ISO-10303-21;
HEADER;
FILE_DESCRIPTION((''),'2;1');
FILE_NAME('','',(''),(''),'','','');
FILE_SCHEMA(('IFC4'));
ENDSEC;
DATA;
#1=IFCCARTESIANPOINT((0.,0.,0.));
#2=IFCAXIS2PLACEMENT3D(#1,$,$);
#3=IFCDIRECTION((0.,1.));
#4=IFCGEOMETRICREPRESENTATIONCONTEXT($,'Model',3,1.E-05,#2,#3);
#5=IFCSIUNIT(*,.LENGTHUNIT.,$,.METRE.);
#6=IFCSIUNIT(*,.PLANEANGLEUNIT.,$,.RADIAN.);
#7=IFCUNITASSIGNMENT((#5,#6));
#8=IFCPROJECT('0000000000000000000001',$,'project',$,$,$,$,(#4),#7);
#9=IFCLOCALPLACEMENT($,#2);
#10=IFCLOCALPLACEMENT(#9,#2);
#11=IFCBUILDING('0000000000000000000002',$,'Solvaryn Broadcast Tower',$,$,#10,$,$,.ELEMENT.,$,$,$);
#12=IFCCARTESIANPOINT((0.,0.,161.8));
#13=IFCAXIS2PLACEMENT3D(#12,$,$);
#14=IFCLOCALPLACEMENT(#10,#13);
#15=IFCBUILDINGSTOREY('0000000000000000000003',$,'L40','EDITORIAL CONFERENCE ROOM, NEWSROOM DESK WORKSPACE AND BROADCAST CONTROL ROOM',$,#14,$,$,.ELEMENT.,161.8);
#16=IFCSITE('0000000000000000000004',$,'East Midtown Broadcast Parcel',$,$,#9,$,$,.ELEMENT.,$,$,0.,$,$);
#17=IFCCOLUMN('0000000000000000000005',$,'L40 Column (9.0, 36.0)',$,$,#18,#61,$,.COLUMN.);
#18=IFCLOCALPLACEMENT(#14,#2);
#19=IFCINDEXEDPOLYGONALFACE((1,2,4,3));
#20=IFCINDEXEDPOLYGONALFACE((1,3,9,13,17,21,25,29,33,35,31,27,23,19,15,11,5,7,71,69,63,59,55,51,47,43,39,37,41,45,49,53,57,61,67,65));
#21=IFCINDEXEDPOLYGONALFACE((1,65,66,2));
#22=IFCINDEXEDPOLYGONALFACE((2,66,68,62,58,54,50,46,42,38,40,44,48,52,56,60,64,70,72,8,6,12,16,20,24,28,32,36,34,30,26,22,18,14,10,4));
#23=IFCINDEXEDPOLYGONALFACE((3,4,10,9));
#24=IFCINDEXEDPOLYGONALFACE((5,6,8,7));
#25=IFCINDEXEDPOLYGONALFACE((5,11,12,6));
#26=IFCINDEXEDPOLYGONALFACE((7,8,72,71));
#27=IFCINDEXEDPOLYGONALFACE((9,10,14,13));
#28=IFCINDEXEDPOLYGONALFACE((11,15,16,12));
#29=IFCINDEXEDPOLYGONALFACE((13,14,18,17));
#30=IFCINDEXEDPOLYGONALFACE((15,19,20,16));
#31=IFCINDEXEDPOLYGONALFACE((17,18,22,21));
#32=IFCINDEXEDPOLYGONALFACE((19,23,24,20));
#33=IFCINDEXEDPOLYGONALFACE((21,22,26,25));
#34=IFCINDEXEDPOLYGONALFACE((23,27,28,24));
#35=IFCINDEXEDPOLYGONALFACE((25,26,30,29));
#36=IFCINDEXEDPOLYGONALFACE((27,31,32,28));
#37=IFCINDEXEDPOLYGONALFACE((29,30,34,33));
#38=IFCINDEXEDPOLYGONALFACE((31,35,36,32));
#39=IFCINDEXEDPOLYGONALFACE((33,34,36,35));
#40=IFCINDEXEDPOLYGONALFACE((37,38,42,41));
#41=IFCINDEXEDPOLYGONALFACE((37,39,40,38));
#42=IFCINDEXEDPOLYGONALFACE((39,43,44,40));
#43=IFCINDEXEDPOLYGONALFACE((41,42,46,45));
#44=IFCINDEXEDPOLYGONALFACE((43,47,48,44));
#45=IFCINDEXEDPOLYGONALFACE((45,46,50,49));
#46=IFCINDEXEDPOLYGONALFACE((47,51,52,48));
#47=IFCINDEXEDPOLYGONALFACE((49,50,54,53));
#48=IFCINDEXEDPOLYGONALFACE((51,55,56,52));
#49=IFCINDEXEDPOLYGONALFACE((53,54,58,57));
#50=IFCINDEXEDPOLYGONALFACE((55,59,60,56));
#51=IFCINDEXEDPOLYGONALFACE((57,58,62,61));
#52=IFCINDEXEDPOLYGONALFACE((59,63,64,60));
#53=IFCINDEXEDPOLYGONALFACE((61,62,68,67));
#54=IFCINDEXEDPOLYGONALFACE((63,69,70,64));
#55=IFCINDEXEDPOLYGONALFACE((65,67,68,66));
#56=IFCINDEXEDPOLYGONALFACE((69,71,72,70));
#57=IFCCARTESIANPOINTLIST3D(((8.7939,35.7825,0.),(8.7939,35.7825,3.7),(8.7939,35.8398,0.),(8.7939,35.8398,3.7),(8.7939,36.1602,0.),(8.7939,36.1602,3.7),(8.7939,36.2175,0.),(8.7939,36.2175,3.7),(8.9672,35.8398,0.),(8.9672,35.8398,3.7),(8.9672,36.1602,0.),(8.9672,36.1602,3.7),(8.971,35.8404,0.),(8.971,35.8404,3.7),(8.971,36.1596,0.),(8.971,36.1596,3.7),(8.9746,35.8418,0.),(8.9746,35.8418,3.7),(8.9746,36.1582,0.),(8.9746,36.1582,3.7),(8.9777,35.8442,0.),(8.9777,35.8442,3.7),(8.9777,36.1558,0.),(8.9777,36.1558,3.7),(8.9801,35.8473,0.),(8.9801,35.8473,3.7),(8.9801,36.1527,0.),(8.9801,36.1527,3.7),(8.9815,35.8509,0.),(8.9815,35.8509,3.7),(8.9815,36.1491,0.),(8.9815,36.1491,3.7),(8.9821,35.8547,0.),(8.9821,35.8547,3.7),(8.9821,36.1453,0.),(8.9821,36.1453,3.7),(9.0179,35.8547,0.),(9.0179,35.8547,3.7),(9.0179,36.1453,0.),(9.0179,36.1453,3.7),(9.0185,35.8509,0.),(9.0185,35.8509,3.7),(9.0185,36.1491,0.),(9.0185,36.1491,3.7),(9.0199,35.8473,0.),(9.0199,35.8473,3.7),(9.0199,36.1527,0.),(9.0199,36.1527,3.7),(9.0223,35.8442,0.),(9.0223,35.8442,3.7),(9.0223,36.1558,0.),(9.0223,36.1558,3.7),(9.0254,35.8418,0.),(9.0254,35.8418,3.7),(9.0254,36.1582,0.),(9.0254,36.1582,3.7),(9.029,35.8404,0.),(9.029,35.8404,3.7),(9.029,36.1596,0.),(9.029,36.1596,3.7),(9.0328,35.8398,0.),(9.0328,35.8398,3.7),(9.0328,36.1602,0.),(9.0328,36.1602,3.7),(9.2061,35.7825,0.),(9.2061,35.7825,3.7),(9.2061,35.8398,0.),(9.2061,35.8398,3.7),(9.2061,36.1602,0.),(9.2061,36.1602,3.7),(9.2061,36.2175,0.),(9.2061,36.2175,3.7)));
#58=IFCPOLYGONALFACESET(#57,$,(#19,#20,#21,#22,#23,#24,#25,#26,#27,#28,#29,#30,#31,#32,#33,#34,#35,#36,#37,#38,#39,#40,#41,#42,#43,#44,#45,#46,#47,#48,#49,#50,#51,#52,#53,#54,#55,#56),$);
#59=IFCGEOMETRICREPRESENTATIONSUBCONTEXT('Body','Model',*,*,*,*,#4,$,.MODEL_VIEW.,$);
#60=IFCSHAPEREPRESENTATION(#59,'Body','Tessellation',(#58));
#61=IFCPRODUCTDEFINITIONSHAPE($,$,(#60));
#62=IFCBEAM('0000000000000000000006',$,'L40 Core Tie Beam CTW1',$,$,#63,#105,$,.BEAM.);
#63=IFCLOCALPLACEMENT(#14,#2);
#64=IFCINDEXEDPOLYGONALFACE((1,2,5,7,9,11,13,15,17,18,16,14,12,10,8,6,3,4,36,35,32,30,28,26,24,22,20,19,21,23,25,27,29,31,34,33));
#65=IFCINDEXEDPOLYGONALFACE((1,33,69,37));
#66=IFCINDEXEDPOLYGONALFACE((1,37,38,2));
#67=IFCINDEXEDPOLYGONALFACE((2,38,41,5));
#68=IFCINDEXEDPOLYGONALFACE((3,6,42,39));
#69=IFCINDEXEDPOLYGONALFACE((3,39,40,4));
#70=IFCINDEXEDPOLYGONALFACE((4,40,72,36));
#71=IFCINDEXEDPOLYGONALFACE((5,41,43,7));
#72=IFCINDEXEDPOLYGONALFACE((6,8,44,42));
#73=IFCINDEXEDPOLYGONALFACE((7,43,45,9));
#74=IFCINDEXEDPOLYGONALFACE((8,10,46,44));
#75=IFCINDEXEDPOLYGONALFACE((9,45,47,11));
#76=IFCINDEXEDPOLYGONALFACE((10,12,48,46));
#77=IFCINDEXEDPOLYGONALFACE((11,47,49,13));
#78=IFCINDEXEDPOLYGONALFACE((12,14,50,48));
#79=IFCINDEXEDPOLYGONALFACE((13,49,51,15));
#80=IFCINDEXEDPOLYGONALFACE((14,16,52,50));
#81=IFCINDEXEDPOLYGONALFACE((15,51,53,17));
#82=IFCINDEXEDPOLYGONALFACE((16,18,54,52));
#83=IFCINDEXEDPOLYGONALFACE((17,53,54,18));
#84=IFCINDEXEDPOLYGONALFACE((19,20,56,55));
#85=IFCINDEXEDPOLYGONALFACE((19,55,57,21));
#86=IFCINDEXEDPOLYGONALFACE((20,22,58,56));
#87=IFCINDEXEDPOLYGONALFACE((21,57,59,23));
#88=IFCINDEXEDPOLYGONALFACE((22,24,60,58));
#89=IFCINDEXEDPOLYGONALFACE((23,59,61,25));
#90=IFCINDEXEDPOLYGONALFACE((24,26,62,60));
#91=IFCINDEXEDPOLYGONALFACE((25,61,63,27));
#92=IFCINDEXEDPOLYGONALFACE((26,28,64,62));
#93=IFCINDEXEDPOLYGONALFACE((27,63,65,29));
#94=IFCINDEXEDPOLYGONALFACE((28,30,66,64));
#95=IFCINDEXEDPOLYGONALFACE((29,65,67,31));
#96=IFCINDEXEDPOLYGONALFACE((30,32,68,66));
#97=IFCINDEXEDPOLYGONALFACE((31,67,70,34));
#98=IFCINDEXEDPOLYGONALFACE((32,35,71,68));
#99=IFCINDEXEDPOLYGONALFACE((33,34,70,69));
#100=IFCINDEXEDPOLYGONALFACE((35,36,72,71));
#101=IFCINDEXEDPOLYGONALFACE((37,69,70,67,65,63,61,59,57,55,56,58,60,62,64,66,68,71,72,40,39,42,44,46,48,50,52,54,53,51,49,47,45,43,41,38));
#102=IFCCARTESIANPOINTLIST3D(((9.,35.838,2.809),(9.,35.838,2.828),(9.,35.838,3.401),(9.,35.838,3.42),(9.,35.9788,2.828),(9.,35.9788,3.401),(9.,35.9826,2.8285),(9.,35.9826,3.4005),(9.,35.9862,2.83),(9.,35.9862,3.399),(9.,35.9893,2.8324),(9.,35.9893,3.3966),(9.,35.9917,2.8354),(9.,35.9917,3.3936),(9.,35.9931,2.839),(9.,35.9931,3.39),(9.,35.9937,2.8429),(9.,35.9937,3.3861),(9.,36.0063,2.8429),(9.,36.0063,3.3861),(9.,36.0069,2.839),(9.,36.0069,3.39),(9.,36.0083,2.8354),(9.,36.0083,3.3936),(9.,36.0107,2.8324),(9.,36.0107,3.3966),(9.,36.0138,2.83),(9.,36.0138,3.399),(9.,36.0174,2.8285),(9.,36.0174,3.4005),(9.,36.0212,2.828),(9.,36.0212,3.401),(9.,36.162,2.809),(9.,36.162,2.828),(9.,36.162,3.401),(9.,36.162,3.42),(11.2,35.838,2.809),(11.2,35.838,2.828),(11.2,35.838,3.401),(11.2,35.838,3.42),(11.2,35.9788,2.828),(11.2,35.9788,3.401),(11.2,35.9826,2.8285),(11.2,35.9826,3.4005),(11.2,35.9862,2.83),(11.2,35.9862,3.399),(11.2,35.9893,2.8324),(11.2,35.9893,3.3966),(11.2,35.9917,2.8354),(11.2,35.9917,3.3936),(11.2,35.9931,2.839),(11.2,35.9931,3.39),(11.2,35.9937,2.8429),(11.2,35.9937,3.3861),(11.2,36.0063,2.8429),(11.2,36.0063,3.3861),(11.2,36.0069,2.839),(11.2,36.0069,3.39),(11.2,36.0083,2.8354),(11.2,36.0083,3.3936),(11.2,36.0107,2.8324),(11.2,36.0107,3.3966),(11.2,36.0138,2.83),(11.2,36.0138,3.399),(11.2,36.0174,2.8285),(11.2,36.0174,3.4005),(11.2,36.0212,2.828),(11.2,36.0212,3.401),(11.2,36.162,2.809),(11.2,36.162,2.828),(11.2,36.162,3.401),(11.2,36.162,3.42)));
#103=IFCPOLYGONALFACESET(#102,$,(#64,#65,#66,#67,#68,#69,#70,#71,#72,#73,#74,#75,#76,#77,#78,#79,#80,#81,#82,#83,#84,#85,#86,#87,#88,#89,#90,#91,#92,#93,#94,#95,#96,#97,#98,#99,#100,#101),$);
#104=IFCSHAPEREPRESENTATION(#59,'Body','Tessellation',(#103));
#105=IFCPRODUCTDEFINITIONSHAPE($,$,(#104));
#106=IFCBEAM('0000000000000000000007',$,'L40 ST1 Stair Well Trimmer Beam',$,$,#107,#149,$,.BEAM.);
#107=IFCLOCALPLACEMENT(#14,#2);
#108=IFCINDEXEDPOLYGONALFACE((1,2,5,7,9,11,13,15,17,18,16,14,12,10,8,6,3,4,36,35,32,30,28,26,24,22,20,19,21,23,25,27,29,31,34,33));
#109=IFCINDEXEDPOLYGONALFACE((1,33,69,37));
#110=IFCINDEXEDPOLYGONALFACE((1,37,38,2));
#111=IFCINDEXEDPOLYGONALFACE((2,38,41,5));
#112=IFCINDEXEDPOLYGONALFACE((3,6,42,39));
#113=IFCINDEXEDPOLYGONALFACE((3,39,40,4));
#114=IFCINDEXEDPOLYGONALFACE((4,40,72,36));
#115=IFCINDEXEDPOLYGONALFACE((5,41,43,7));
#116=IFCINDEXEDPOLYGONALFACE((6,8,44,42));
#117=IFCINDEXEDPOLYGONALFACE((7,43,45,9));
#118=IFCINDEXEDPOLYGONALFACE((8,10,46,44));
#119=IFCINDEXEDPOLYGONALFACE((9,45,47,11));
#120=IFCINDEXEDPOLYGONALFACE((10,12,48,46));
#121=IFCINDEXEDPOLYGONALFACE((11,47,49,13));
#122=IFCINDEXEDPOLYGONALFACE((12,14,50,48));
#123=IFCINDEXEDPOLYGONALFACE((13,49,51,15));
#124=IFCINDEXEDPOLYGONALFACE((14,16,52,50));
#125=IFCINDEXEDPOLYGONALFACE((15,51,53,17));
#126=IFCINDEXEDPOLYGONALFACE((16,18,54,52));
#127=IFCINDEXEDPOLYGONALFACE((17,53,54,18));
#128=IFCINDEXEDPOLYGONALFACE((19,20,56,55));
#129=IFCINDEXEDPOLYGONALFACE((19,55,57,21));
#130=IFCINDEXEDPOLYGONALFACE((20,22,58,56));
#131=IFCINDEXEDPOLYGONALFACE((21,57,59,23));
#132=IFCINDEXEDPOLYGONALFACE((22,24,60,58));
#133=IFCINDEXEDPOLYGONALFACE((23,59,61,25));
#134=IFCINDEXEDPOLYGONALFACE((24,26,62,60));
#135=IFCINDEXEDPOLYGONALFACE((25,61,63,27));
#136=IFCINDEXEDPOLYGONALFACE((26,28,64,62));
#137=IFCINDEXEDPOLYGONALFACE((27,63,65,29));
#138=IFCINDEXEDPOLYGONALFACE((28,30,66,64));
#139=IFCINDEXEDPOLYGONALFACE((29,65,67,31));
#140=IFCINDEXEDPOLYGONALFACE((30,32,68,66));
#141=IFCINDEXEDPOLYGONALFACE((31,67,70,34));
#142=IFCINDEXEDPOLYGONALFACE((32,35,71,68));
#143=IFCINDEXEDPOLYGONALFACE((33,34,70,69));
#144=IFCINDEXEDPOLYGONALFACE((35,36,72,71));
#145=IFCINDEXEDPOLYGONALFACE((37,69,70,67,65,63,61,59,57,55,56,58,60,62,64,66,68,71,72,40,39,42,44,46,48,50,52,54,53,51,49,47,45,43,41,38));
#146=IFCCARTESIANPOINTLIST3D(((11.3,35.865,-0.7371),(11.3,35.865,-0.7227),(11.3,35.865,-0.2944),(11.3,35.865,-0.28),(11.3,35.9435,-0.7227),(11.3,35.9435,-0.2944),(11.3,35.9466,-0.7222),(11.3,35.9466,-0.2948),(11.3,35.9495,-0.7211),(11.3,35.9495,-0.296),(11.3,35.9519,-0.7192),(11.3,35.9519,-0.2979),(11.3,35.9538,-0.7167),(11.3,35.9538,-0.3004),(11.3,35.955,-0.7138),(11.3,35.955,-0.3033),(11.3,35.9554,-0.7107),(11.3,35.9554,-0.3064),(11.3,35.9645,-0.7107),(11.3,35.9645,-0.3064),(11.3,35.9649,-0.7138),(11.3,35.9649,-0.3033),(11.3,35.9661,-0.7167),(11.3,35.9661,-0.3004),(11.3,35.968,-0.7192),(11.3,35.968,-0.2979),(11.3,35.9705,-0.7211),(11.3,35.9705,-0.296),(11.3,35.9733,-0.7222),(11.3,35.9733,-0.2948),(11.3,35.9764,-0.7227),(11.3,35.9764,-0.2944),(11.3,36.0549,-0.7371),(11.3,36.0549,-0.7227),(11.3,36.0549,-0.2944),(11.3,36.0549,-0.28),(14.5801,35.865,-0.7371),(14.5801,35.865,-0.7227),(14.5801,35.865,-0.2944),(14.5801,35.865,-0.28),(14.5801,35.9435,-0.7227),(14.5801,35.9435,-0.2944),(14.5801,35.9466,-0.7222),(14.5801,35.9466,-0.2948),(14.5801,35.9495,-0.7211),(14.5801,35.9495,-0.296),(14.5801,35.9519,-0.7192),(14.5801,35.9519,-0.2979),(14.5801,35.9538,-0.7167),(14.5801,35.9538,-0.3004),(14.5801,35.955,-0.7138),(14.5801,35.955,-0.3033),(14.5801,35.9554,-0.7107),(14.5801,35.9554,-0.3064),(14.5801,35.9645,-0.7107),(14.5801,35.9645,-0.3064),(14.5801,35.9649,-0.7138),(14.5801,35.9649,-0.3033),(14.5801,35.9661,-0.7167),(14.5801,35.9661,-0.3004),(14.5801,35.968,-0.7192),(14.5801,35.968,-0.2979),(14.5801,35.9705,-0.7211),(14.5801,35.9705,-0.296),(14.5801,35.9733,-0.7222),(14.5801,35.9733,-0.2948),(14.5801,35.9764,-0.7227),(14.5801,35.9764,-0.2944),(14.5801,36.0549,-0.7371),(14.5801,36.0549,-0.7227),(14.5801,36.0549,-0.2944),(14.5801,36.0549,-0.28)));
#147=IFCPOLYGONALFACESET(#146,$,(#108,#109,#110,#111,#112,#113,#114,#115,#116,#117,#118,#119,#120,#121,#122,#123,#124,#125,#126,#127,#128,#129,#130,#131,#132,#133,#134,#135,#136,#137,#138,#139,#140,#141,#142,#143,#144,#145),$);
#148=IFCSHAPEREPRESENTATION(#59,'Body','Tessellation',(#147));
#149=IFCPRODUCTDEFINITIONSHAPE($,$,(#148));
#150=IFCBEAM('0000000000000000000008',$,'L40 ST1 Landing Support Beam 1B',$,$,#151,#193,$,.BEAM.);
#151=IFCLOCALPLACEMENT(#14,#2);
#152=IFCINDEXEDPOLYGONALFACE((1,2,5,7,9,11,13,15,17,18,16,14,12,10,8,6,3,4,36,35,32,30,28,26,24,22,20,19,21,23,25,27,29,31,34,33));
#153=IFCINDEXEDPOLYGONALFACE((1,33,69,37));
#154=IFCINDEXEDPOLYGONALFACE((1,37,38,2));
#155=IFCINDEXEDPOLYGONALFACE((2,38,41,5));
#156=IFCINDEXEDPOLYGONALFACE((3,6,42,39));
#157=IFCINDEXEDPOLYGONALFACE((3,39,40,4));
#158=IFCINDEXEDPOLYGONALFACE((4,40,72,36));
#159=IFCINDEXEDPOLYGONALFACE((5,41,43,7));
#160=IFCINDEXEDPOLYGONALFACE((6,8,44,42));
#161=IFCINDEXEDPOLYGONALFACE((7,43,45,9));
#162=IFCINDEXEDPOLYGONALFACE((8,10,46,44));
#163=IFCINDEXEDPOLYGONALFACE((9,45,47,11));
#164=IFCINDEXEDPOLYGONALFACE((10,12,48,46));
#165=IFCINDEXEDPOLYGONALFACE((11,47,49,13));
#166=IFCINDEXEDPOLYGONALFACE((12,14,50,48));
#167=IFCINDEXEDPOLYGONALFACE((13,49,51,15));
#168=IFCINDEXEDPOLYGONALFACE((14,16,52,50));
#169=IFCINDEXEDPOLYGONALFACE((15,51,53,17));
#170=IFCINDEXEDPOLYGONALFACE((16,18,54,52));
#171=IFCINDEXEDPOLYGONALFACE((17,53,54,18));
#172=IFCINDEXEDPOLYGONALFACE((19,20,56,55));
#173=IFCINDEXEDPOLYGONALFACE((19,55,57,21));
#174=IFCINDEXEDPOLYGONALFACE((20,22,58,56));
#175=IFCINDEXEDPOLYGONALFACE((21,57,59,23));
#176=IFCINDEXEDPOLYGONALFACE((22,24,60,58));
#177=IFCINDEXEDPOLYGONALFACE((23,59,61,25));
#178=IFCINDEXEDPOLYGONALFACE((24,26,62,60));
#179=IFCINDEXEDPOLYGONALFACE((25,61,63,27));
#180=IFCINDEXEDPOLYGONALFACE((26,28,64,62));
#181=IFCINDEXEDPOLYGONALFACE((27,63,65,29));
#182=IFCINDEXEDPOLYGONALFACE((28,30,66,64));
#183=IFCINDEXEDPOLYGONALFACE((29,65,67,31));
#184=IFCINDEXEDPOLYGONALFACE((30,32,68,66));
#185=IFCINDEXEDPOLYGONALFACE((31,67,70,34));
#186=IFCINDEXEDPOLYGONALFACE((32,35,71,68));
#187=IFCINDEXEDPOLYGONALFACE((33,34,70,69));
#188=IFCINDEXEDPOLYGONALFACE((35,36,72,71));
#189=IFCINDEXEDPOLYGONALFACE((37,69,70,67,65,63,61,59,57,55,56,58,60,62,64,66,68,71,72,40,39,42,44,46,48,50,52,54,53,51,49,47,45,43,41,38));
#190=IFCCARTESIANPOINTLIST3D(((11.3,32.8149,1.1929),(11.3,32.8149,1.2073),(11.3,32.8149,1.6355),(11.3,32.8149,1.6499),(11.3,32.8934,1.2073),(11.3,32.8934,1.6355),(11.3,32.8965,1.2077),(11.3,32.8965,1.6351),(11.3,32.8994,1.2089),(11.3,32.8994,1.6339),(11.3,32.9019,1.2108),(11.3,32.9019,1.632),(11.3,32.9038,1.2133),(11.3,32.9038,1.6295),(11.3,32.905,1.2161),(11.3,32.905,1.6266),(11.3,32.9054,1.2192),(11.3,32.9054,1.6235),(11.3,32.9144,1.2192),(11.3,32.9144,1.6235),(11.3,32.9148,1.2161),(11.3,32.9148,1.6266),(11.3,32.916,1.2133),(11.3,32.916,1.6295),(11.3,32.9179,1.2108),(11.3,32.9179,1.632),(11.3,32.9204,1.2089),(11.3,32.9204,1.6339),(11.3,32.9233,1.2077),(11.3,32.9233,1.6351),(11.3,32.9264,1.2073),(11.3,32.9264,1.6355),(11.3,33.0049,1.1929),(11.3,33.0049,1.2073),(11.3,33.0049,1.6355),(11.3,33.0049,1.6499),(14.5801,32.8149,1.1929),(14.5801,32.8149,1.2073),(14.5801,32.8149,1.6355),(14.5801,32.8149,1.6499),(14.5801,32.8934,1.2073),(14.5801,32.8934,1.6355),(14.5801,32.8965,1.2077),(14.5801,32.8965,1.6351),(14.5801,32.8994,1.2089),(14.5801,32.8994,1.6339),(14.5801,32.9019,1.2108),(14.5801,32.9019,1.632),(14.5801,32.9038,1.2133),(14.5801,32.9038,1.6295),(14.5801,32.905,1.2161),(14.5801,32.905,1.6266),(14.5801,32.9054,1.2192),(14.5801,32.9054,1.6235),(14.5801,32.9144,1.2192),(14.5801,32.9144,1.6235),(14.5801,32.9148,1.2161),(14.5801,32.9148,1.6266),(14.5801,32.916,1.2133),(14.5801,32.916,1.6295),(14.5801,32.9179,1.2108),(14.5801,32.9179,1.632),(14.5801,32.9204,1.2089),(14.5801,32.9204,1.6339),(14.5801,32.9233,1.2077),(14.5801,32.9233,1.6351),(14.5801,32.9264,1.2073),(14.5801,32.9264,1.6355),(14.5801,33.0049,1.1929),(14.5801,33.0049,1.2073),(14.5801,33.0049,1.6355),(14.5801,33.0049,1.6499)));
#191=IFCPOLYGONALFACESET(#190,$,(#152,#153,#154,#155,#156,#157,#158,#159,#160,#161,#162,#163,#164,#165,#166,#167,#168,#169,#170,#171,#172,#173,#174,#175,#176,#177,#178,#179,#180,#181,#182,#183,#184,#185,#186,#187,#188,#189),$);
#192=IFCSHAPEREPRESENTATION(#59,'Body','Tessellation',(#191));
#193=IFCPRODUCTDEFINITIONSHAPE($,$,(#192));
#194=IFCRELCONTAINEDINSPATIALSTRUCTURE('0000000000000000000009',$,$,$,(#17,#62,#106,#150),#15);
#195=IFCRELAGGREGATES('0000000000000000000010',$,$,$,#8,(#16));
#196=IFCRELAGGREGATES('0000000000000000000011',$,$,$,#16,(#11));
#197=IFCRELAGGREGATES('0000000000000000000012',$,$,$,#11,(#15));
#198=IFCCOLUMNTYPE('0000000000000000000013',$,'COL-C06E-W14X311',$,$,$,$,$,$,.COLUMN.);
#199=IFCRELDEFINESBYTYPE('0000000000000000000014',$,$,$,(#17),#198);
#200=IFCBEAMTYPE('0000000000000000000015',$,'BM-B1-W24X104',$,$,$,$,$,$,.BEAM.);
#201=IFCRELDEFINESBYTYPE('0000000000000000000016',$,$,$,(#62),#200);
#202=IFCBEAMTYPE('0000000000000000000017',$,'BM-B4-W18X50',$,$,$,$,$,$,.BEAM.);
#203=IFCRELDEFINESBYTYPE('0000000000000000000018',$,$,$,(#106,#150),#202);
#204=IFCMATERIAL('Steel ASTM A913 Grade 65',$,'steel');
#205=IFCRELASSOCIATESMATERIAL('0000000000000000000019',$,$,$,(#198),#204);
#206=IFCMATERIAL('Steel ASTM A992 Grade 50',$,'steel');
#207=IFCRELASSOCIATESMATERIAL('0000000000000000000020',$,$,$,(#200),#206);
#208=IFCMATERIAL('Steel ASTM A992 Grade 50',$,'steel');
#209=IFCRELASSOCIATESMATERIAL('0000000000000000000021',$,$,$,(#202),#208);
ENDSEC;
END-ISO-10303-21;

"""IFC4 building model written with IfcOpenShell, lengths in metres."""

from ifc_helpers import new_model, si_unit, direction, frame, origin, origin_2d, place, context, subcontext, project, spatial, i_section, extrude, material, material_profile, profile_set, type_object, element, save


model = new_model("IFC4")

# Units and contexts
model_context = context("Model", 3, precision=1e-05, world=origin(), true_north=direction((0.0, 1.0)))
body_context = subcontext(model_context, "Body", "Model", "MODEL_VIEW")
ifc_project = project(units=[si_unit("LENGTHUNIT", "METRE"), si_unit("PLANEANGLEUNIT", "RADIAN")], contexts=[model_context])

# Site, building, storey
site_placement = place(None, origin())
site = spatial("IfcSite", under=ifc_project, at=site_placement, Name="East Midtown Broadcast Parcel", CompositionType="ELEMENT", RefElevation=0.0)
building_placement = place(site_placement, origin())
building = spatial("IfcBuilding", under=site, at=building_placement, Name="Solvaryn Broadcast Tower", CompositionType="ELEMENT")
storey_placement = place(building_placement, frame((0.0, 0.0, 161.8)))
storey = spatial("IfcBuildingStorey", under=building, at=storey_placement, Name="L40", Description="EDITORIAL CONFERENCE ROOM, NEWSROOM DESK WORKSPACE AND BROADCAST CONTROL ROOM", CompositionType="ELEMENT", Elevation=161.8)

# Column
ifc_material_1 = material(Name="Steel ASTM A913 Grade 65", Category="steel")
ifc_material_profile_1 = material_profile(ifc_material_1, i_section(OverallWidth=0.4121, OverallDepth=0.4351, WebThickness=0.0359, FlangeThickness=0.0574, FilletRadius=0.0149, at=origin_2d()))
ifc_profile_set_1 = profile_set([ifc_material_profile_1], Name="Steel ASTM A913 Grade 65")
column_type = type_object("IfcColumnType", Name="COL-C06E-W14X311", PredefinedType="COLUMN", material=ifc_profile_set_1)
column_placement = place(storey_placement, frame((9.0, 36.0, 0.0), z_axis=(0.0, 0.0, 1.0), x_axis=(1.0, 0.0, 0.0)))
element("IfcColumn", 1, at=column_placement, inside=storey, type_object=column_type, Name="L40 Column (9.0, 36.0)", PredefinedType="COLUMN", context=body_context, shape_type="SweptSolid", body=[
    extrude(i_section(OverallWidth=0.4121, OverallDepth=0.4351, WebThickness=0.0359, FlangeThickness=0.0574, FilletRadius=0.0149, at=origin_2d()), origin(), (0.0, 0.0, 1.0), 3.7),
])

# Beams
ifc_material_2 = material(Name="Steel ASTM A992 Grade 50", Category="steel")
ifc_material_profile_2 = material_profile(ifc_material_2, i_section(OverallWidth=0.324, OverallDepth=0.6111, WebThickness=0.0127, FlangeThickness=0.019, FilletRadius=0.0149, at=origin_2d()))
ifc_profile_set_2 = profile_set([ifc_material_profile_2], Name="Steel ASTM A992 Grade 50")
beam_type_1 = type_object("IfcBeamType", Name="BM-B1-W24X104", PredefinedType="BEAM", material=ifc_profile_set_2)
beam_1_placement = place(storey_placement, frame((9.0, 36.0, 3.1145), z_axis=(1.0, 0.0, 0.0), x_axis=(0.0, 1.0, 0.0)))
element("IfcBeam", 2, at=beam_1_placement, inside=storey, type_object=beam_type_1, Name="L40 Core Tie Beam CTW1", PredefinedType="BEAM", context=body_context, shape_type="SweptSolid", body=[
    extrude(i_section(OverallWidth=0.324, OverallDepth=0.6111, WebThickness=0.0127, FlangeThickness=0.019, FilletRadius=0.0149, at=origin_2d()), origin(), (0.0, 0.0, 1.0), 2.2),
])
ifc_material_3 = material(Name="Steel ASTM A992 Grade 50", Category="steel")
ifc_material_profile_3 = material_profile(ifc_material_3, i_section(OverallWidth=0.1899, OverallDepth=0.457, WebThickness=0.009, FlangeThickness=0.0144, FilletRadius=0.012, at=origin_2d()))
ifc_profile_set_3 = profile_set([ifc_material_profile_3], Name="Steel ASTM A992 Grade 50")
beam_type_2 = type_object("IfcBeamType", Name="BM-B4-W18X50", PredefinedType="BEAM", material=ifc_profile_set_3)
for number, where, z_axis, x_axis, name in (
    (3, (11.3, 35.96, -0.5085), (1.0, 0.0, 0.0), (0.0, 1.0, 0.0), "L40 ST1 Stair Well Trimmer Beam"),
    (4, (11.3, 32.9099, 1.4214), (1.0, 0.0, 0.0), (0.0, 1.0, 0.0), "L40 ST1 Landing Support Beam 1B"),
):
    element("IfcBeam", number, at=place(storey_placement, frame(where, z_axis=z_axis, x_axis=x_axis)), inside=storey, type_object=beam_type_2, Name=name, PredefinedType="BEAM", context=body_context, shape_type="SweptSolid", body=[
        extrude(i_section(OverallWidth=0.1899, OverallDepth=0.457, WebThickness=0.009, FlangeThickness=0.0144, FilletRadius=0.012, at=origin_2d()), origin(), (0.0, 0.0, 1.0), 3.28),
    ])

save(model, "model.ifc")
